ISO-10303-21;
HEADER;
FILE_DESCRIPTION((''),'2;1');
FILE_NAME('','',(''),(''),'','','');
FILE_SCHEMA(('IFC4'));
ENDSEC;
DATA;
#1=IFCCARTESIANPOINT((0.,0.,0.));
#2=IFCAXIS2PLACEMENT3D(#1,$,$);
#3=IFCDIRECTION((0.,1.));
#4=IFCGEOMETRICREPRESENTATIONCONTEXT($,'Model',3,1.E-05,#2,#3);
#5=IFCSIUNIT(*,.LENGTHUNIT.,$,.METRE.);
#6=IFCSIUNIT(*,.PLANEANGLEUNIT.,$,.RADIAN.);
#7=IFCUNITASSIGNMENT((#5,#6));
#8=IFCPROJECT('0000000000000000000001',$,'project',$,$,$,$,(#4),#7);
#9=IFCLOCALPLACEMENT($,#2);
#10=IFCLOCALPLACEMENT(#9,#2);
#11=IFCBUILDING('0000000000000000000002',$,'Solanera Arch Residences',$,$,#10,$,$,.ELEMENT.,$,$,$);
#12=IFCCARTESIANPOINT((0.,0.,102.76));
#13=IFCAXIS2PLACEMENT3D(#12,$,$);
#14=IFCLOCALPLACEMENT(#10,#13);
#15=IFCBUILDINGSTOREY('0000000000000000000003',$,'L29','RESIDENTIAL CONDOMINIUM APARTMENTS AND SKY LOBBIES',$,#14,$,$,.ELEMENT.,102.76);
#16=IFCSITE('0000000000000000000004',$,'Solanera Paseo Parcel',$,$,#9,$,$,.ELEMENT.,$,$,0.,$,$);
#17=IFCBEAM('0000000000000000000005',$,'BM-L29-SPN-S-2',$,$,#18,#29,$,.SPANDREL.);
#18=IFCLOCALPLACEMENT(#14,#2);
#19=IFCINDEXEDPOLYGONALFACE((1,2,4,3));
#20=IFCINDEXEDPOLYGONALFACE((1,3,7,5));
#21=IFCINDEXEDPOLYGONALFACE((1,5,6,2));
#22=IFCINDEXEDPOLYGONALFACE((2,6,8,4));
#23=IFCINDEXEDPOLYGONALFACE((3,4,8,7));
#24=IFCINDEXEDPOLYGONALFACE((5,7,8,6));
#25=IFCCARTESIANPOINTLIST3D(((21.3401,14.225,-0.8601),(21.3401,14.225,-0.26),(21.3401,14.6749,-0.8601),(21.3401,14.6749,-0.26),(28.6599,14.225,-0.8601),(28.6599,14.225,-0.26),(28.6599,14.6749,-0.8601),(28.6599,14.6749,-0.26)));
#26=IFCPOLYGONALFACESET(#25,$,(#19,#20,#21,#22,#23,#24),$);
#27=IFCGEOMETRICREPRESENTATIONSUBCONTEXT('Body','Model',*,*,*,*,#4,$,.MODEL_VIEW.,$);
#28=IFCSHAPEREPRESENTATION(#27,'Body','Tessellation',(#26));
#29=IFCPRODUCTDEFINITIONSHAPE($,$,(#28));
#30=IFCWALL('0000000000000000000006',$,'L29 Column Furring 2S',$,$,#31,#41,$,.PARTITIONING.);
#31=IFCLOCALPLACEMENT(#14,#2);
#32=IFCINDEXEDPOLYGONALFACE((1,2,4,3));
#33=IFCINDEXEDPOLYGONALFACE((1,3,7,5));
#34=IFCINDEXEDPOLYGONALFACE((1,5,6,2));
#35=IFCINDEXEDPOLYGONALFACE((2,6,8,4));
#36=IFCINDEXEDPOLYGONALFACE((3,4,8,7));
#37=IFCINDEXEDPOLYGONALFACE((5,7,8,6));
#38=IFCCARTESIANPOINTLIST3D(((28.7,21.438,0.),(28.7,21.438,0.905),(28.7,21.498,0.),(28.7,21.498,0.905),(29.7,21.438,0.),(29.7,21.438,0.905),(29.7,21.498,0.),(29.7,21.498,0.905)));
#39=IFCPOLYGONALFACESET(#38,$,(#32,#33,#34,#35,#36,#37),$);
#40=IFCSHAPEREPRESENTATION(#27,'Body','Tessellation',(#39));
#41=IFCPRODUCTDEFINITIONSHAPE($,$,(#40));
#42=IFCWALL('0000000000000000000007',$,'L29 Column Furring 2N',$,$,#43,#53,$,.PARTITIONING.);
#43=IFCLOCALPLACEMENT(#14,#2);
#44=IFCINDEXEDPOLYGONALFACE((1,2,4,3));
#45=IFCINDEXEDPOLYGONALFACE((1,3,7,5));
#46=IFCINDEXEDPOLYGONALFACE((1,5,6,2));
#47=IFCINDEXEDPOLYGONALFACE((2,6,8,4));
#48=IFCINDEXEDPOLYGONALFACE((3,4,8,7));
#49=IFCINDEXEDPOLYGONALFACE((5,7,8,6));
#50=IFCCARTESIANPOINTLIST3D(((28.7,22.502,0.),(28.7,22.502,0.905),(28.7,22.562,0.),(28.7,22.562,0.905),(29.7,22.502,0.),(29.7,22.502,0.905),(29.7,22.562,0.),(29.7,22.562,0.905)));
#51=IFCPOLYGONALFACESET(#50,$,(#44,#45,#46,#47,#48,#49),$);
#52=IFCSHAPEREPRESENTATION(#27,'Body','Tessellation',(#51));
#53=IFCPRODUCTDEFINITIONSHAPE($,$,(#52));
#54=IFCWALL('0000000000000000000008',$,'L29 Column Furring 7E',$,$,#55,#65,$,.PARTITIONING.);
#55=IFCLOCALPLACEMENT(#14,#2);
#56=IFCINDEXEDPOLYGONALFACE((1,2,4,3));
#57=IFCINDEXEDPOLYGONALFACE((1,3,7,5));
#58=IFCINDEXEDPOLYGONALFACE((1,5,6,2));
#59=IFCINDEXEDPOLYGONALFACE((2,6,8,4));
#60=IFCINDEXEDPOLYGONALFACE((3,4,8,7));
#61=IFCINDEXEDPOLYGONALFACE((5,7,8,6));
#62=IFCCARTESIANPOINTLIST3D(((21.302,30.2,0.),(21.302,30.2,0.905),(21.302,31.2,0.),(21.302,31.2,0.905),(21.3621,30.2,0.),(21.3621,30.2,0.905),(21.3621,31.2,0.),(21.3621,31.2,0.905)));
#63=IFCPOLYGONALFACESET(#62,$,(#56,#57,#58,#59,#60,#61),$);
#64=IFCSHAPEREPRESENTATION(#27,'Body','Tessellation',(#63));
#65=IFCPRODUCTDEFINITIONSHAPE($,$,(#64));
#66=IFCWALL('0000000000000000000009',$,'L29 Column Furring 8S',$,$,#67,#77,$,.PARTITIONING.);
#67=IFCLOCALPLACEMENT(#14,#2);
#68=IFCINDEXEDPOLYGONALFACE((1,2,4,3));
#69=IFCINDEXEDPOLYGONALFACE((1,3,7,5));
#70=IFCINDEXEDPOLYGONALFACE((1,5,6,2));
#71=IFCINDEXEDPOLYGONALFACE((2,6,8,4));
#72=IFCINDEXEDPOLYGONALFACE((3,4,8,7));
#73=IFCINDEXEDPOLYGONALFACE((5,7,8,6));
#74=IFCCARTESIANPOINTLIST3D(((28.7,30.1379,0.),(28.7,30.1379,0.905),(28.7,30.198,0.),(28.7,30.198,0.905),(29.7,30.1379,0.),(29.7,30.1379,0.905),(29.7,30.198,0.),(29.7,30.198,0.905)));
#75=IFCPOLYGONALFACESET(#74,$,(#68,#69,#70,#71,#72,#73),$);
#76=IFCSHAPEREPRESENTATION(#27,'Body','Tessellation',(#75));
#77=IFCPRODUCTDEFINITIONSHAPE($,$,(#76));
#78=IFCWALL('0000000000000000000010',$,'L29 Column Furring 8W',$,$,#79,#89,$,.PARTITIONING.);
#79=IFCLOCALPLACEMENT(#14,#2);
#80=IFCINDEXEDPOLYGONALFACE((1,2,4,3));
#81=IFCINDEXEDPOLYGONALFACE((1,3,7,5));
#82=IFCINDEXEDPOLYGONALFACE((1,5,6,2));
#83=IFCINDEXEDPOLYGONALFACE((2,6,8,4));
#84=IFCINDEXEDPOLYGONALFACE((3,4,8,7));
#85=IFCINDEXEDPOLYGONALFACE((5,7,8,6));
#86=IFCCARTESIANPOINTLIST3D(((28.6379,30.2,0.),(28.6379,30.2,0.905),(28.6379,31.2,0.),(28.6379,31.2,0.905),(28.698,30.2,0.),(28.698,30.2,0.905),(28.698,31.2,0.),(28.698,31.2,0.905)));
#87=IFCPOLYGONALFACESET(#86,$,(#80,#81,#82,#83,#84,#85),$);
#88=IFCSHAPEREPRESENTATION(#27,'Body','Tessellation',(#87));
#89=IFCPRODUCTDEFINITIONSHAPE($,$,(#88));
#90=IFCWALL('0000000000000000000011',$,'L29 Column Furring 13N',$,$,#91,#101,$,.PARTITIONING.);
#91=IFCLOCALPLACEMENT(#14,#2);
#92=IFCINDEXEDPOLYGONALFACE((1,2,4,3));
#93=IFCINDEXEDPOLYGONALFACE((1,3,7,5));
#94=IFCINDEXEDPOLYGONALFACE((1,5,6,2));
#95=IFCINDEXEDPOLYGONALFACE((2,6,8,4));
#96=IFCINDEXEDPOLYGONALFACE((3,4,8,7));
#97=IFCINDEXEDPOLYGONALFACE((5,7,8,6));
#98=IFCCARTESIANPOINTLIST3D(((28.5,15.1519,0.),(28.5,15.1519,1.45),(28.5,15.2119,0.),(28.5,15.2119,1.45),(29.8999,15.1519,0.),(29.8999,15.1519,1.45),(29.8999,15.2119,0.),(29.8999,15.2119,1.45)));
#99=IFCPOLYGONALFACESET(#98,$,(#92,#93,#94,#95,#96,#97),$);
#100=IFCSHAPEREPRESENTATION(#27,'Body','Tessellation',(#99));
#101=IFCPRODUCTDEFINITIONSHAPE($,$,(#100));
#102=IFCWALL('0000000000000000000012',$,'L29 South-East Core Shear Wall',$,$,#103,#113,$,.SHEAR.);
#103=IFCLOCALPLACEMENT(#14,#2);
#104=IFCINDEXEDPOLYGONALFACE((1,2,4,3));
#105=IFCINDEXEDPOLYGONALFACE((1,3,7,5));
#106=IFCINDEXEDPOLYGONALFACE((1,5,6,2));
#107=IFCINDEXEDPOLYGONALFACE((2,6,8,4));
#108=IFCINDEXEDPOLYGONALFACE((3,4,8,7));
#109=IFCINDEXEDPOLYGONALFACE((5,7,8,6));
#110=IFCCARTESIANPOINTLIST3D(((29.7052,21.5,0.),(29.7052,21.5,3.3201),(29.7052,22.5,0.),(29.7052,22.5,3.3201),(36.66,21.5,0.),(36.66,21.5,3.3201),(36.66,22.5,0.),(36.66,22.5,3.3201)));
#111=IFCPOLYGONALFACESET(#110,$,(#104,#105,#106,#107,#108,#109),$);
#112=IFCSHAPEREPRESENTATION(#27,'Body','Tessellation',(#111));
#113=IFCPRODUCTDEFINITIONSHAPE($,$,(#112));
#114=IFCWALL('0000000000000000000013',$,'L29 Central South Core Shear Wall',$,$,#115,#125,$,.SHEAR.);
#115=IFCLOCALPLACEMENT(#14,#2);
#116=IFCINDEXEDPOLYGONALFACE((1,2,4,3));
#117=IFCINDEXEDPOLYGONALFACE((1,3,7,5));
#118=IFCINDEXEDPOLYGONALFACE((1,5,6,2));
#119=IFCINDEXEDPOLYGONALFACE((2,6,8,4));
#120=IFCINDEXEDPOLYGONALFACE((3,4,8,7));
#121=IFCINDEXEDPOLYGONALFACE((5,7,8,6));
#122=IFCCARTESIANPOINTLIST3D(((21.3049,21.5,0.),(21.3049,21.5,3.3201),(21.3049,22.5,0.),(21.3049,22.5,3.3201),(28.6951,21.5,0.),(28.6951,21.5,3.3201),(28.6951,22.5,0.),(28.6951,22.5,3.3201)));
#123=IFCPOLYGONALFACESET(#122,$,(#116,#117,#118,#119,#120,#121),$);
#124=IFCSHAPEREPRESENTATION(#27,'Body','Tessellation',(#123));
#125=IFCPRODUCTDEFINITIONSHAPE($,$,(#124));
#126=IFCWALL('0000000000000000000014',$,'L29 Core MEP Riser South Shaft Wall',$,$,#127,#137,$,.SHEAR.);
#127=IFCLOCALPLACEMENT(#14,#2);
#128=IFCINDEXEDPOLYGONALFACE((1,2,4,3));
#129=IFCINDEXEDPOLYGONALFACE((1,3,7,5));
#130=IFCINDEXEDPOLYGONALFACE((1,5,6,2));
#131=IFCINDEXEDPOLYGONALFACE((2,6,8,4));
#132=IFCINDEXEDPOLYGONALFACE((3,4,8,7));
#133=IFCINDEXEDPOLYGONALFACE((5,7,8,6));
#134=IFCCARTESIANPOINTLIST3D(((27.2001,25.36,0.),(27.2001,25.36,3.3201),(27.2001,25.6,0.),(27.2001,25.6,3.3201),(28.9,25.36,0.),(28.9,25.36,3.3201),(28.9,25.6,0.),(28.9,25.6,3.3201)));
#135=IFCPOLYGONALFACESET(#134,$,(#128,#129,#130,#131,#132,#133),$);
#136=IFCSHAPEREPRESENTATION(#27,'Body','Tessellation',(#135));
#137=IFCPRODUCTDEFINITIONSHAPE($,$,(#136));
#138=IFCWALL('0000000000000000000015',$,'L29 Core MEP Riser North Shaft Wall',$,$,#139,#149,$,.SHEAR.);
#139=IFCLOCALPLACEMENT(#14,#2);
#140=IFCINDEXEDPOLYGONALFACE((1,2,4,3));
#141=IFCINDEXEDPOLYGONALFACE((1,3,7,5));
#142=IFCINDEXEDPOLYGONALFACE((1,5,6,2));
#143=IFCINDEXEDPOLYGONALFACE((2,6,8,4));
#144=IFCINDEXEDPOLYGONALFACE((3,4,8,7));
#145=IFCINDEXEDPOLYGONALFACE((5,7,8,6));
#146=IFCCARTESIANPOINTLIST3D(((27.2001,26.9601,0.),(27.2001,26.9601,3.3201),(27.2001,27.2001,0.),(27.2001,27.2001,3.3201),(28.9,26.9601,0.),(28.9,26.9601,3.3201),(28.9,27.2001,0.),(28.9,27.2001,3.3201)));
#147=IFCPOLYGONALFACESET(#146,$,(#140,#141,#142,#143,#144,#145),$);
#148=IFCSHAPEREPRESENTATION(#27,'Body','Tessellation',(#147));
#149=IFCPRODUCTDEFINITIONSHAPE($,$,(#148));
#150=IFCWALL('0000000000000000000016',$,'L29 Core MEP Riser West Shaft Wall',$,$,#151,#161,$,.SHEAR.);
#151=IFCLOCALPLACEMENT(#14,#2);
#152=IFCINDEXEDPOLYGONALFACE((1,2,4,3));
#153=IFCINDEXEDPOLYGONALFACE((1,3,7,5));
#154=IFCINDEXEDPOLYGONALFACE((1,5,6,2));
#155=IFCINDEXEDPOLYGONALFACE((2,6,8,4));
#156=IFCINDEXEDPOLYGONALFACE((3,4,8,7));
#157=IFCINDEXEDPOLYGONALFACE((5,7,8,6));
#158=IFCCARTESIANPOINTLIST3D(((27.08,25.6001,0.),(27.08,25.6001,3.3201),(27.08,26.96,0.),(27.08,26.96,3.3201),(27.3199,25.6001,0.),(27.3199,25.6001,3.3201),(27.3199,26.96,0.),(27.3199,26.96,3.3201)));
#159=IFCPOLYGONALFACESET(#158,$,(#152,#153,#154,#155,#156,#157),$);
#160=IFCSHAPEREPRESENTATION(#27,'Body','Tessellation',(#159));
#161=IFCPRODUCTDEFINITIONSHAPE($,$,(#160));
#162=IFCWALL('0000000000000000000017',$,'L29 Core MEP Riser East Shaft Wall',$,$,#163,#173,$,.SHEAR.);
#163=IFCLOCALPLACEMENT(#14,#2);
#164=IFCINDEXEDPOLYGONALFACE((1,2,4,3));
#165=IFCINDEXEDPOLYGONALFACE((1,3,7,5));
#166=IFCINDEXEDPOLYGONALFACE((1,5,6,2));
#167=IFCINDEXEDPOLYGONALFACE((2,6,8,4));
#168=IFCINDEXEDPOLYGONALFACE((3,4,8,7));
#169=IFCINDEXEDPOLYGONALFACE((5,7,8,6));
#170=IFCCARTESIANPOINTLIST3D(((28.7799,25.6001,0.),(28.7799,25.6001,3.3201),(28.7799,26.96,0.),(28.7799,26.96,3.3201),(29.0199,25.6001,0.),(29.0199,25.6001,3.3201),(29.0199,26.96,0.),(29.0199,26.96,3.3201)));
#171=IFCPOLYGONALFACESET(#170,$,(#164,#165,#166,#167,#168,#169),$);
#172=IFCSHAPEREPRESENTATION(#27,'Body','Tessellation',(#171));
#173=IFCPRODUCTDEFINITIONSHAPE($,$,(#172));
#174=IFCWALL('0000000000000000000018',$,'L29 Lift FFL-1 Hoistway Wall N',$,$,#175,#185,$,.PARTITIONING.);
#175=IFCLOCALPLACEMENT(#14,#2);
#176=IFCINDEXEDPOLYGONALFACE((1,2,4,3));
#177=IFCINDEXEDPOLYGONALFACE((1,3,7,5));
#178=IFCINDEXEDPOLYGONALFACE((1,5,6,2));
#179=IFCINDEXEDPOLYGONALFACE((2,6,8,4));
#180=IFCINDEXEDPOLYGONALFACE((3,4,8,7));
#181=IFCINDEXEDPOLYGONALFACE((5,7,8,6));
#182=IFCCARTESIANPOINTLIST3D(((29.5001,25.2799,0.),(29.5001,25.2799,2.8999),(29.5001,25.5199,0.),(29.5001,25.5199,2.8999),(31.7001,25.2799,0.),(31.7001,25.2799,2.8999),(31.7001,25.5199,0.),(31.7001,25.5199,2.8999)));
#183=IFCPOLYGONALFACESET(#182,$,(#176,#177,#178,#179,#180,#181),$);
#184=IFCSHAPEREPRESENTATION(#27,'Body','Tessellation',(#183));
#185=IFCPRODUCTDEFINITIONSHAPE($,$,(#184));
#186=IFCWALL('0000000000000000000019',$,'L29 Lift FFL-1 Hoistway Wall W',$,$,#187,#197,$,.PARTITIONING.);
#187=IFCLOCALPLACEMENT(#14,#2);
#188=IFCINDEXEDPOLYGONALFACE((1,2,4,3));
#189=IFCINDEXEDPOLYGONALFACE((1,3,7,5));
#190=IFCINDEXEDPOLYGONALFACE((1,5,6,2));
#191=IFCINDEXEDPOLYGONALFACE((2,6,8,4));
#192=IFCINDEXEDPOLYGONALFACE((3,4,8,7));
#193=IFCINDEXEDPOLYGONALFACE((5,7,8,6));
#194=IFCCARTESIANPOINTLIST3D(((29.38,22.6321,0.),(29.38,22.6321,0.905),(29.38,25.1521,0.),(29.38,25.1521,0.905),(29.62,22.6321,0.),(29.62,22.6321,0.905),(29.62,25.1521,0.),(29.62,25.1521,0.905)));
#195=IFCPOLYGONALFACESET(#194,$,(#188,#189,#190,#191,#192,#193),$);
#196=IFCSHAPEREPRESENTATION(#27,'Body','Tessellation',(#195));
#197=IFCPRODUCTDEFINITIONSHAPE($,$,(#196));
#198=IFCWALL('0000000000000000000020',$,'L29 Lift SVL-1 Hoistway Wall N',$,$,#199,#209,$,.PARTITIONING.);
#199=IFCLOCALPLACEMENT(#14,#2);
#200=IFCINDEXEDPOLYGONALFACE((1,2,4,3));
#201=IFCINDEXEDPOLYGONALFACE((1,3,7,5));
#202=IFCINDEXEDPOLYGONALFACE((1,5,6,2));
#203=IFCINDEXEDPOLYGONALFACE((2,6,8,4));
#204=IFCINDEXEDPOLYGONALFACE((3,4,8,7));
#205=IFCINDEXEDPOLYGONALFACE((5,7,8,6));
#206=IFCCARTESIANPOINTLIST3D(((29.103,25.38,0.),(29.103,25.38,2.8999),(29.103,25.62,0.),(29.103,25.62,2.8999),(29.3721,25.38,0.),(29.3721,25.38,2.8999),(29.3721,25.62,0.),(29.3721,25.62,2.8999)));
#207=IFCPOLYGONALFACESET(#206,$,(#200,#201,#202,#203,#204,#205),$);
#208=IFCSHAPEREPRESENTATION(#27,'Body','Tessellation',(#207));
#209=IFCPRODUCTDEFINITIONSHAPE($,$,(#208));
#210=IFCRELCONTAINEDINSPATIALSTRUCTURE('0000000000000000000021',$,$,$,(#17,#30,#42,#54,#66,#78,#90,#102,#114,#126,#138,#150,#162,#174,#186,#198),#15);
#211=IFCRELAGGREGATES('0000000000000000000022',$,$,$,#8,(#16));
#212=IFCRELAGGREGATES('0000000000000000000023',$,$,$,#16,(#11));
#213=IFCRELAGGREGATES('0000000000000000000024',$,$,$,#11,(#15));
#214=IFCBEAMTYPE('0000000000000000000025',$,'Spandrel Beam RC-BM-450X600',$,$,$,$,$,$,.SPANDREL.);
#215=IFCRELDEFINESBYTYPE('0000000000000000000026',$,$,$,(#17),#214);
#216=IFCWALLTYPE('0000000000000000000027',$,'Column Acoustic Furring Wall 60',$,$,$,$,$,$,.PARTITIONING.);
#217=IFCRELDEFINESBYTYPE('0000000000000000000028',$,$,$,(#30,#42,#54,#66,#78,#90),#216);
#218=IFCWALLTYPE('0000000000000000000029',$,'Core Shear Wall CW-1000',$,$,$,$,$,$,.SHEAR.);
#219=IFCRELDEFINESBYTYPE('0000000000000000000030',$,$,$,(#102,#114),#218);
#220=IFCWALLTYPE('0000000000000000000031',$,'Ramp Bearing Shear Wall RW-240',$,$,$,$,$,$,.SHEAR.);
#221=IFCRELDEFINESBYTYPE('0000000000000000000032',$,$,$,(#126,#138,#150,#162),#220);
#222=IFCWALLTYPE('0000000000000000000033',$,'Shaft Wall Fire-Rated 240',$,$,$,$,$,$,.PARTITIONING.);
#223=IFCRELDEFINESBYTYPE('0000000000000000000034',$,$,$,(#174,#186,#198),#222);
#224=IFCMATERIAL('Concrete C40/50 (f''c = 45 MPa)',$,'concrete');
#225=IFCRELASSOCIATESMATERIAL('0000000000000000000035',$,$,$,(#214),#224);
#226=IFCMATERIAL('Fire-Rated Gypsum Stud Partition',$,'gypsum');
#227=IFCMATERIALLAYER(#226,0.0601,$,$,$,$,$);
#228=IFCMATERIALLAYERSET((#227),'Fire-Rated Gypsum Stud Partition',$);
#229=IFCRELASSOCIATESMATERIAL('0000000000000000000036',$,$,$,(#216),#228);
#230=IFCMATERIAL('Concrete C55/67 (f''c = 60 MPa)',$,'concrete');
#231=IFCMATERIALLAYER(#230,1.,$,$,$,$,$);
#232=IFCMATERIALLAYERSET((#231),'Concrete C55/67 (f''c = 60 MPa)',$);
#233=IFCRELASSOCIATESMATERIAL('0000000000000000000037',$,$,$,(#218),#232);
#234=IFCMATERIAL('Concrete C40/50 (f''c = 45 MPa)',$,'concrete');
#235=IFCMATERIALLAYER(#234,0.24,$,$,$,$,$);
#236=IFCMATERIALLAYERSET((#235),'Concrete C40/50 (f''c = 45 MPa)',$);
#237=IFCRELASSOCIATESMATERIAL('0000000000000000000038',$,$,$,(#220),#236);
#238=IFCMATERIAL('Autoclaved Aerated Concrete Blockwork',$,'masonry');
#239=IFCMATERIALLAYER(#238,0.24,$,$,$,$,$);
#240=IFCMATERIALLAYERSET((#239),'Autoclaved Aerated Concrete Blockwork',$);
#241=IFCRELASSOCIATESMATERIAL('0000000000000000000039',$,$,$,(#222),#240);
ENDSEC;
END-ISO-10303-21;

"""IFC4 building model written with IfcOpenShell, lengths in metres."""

from ifc_helpers import new_model, si_unit, direction, frame, frame_2d, origin, origin_2d, place, context, subcontext, project, spatial, rectangle, extrude, material, layer, layer_set, material_profile, profile_set, type_object, element, save


model = new_model("IFC4")

# Units and contexts
model_context = context("Model", 3, precision=1e-05, world=origin(), true_north=direction((0.0, 1.0)))
body_context = subcontext(model_context, "Body", "Model", "MODEL_VIEW")
ifc_project = project(units=[si_unit("LENGTHUNIT", "METRE"), si_unit("PLANEANGLEUNIT", "RADIAN")], contexts=[model_context])

# Site, building, storey
site_placement = place(None, origin())
site = spatial("IfcSite", under=ifc_project, at=site_placement, Name="Solanera Paseo Parcel", CompositionType="ELEMENT", RefElevation=0.0)
building_placement = place(site_placement, origin())
building = spatial("IfcBuilding", under=site, at=building_placement, Name="Solanera Arch Residences", CompositionType="ELEMENT")
storey_placement = place(building_placement, frame((0.0, 0.0, 102.76)))
storey = spatial("IfcBuildingStorey", under=building, at=storey_placement, Name="L29", Description="RESIDENTIAL CONDOMINIUM APARTMENTS AND SKY LOBBIES", CompositionType="ELEMENT", Elevation=102.76)

# Beam
ifc_material_1 = material(Name="Concrete C40/50 (f'c = 45 MPa)", Category="concrete")
ifc_material_profile_1 = material_profile(ifc_material_1, rectangle(XDim=0.45, YDim=0.6001, at=origin_2d()))
ifc_profile_set_1 = profile_set([ifc_material_profile_1], Name="Concrete C40/50 (f'c = 45 MPa)")
beam_type_1 = type_object("IfcBeamType", Name="Spandrel Beam RC-BM-450X600", PredefinedType="SPANDREL", material=ifc_profile_set_1)
beam_1_placement = place(storey_placement, frame((21.3401, 14.45, -0.5601), z_axis=(1.0, 0.0, 0.0), x_axis=(0.0, 1.0, 0.0)))
element("IfcBeam", 1, at=beam_1_placement, inside=storey, type_object=beam_type_1, Name="BM-L29-SPN-S-2", PredefinedType="SPANDREL", context=body_context, shape_type="SweptSolid", body=[
    extrude(rectangle(XDim=0.45, YDim=0.6001, at=origin_2d()), origin(), (0.0, 0.0, 1.0), 7.3198),
])

# Walls
ifc_material_2 = material(Name="Fire-Rated Gypsum Stud Partition", Category="gypsum")
ifc_layer_1 = layer(ifc_material_2, 0.0601)
ifc_layer_set_1 = layer_set([ifc_layer_1], Name="Fire-Rated Gypsum Stud Partition")
wall_type_1 = type_object("IfcWallType", Name="Column Acoustic Furring Wall 60", PredefinedType="PARTITIONING", material=ifc_layer_set_1)
for number, where, z_axis, x_axis, name in (
    (2, (28.7, 21.468, 0.0), (0.0, 0.0, 1.0), (1.0, 0.0, 0.0), "L29 Column Furring 2S"),
    (3, (28.7, 22.532, 0.0), (0.0, 0.0, 1.0), (1.0, 0.0, 0.0), "L29 Column Furring 2N"),
    (4, (21.332, 30.2, 0.0), (0.0, 0.0, 1.0), (0.0, 1.0, 0.0), "L29 Column Furring 7E"),
    (5, (28.7, 30.168, 0.0), (0.0, 0.0, 1.0), (1.0, 0.0, 0.0), "L29 Column Furring 8S"),
    (6, (28.668, 30.2, 0.0), (0.0, 0.0, 1.0), (0.0, 1.0, 0.0), "L29 Column Furring 8W"),
):
    element("IfcWall", number, at=place(storey_placement, frame(where, z_axis=z_axis, x_axis=x_axis)), inside=storey, type_object=wall_type_1, Name=name, PredefinedType="PARTITIONING", context=body_context, shape_type="SweptSolid", body=[
        extrude(rectangle(XDim=1.0, YDim=0.0601, at=frame_2d((0.5, 0.0))), origin(), (0.0, 0.0, 1.0), 0.905),
    ])
wall_1_placement = place(storey_placement, frame((28.5, 15.1819, 0.0), z_axis=(0.0, 0.0, 1.0), x_axis=(1.0, 0.0, 0.0)))
element("IfcWall", 7, at=wall_1_placement, inside=storey, type_object=wall_type_1, Name="L29 Column Furring 13N", PredefinedType="PARTITIONING", context=body_context, shape_type="SweptSolid", body=[
    extrude(rectangle(XDim=1.3999, YDim=0.0601, at=frame_2d((0.7, 0.0))), origin(), (0.0, 0.0, 1.0), 1.45),
])
ifc_material_3 = material(Name="Concrete C55/67 (f'c = 60 MPa)", Category="concrete")
ifc_layer_2 = layer(ifc_material_3, 1.0)
ifc_layer_set_2 = layer_set([ifc_layer_2], Name="Concrete C55/67 (f'c = 60 MPa)")
wall_type_2 = type_object("IfcWallType", Name="Core Shear Wall CW-1000", PredefinedType="SHEAR", material=ifc_layer_set_2)
wall_2_placement = place(storey_placement, frame((29.7051, 22.0, 0.0), z_axis=(0.0, 0.0, 1.0), x_axis=(1.0, 0.0, 0.0)))
element("IfcWall", 8, at=wall_2_placement, inside=storey, type_object=wall_type_2, Name="L29 South-East Core Shear Wall", PredefinedType="SHEAR", context=body_context, shape_type="SweptSolid", body=[
    extrude(rectangle(XDim=6.9548, YDim=1.0, at=frame_2d((3.4775, 0.0))), origin(), (0.0, 0.0, 1.0), 3.3201),
])
wall_3_placement = place(storey_placement, frame((21.3049, 22.0, 0.0), z_axis=(0.0, 0.0, 1.0), x_axis=(1.0, 0.0, 0.0)))
element("IfcWall", 9, at=wall_3_placement, inside=storey, type_object=wall_type_2, Name="L29 Central South Core Shear Wall", PredefinedType="SHEAR", context=body_context, shape_type="SweptSolid", body=[
    extrude(rectangle(XDim=7.3901, YDim=1.0, at=frame_2d((3.6951, 0.0))), origin(), (0.0, 0.0, 1.0), 3.3201),
])
ifc_material_4 = material(Name="Concrete C40/50 (f'c = 45 MPa)", Category="concrete")
ifc_layer_3 = layer(ifc_material_4, 0.24)
ifc_layer_set_3 = layer_set([ifc_layer_3], Name="Concrete C40/50 (f'c = 45 MPa)")
wall_type_3 = type_object("IfcWallType", Name="Ramp Bearing Shear Wall RW-240", PredefinedType="SHEAR", material=ifc_layer_set_3)
for number, where, z_axis, x_axis, name in (
    (10, (27.2, 25.48, 0.0), (0.0, 0.0, 1.0), (1.0, 0.0, 0.0), "L29 Core MEP Riser South Shaft Wall"),
    (11, (27.2, 27.0801, 0.0), (0.0, 0.0, 1.0), (1.0, 0.0, 0.0), "L29 Core MEP Riser North Shaft Wall"),
):
    element("IfcWall", number, at=place(storey_placement, frame(where, z_axis=z_axis, x_axis=x_axis)), inside=storey, type_object=wall_type_3, Name=name, PredefinedType="SHEAR", context=body_context, shape_type="SweptSolid", body=[
        extrude(rectangle(XDim=1.7, YDim=0.24, at=frame_2d((0.8501, 0.0))), origin(), (0.0, 0.0, 1.0), 3.3201),
    ])
for number, where, z_axis, x_axis, name in (
    (12, (27.2, 25.6001, 0.0), (0.0, 0.0, 1.0), (0.0, 1.0, 0.0), "L29 Core MEP Riser West Shaft Wall"),
    (13, (28.8999, 25.6001, 0.0), (0.0, 0.0, 1.0), (0.0, 1.0, 0.0), "L29 Core MEP Riser East Shaft Wall"),
):
    element("IfcWall", number, at=place(storey_placement, frame(where, z_axis=z_axis, x_axis=x_axis)), inside=storey, type_object=wall_type_3, Name=name, PredefinedType="SHEAR", context=body_context, shape_type="SweptSolid", body=[
        extrude(rectangle(XDim=1.3599, YDim=0.24, at=frame_2d((0.6799, 0.0))), origin(), (0.0, 0.0, 1.0), 3.3201),
    ])
ifc_material_5 = material(Name="Autoclaved Aerated Concrete Blockwork", Category="masonry")
ifc_layer_4 = layer(ifc_material_5, 0.24)
ifc_layer_set_4 = layer_set([ifc_layer_4], Name="Autoclaved Aerated Concrete Blockwork")
wall_type_4 = type_object("IfcWallType", Name="Shaft Wall Fire-Rated 240", PredefinedType="PARTITIONING", material=ifc_layer_set_4)
wall_4_placement = place(storey_placement, frame((29.5, 25.3999, 0.0), z_axis=(0.0, 0.0, 1.0), x_axis=(1.0, 0.0, 0.0)))
element("IfcWall", 14, at=wall_4_placement, inside=storey, type_object=wall_type_4, Name="L29 Lift FFL-1 Hoistway Wall N", PredefinedType="PARTITIONING", context=body_context, shape_type="SweptSolid", body=[
    extrude(rectangle(XDim=2.2, YDim=0.24, at=frame_2d((1.1001, 0.0))), origin(), (0.0, 0.0, 1.0), 2.8999),
])
wall_5_placement = place(storey_placement, frame((29.5, 22.6321, 0.0), z_axis=(0.0, 0.0, 1.0), x_axis=(0.0, 1.0, 0.0)))
element("IfcWall", 15, at=wall_5_placement, inside=storey, type_object=wall_type_4, Name="L29 Lift FFL-1 Hoistway Wall W", PredefinedType="PARTITIONING", context=body_context, shape_type="SweptSolid", body=[
    extrude(rectangle(XDim=2.52, YDim=0.24, at=frame_2d((1.26, 0.0))), origin(), (0.0, 0.0, 1.0), 0.905),
])
wall_6_placement = place(storey_placement, frame((29.103, 25.5, 0.0), z_axis=(0.0, 0.0, 1.0), x_axis=(1.0, 0.0, 0.0)))
element("IfcWall", 16, at=wall_6_placement, inside=storey, type_object=wall_type_4, Name="L29 Lift SVL-1 Hoistway Wall N", PredefinedType="PARTITIONING", context=body_context, shape_type="SweptSolid", body=[
    extrude(rectangle(XDim=0.269, YDim=0.24, at=frame_2d((0.1345, 0.0))), origin(), (0.0, 0.0, 1.0), 2.8999),
])

save(model, "model.ifc")
